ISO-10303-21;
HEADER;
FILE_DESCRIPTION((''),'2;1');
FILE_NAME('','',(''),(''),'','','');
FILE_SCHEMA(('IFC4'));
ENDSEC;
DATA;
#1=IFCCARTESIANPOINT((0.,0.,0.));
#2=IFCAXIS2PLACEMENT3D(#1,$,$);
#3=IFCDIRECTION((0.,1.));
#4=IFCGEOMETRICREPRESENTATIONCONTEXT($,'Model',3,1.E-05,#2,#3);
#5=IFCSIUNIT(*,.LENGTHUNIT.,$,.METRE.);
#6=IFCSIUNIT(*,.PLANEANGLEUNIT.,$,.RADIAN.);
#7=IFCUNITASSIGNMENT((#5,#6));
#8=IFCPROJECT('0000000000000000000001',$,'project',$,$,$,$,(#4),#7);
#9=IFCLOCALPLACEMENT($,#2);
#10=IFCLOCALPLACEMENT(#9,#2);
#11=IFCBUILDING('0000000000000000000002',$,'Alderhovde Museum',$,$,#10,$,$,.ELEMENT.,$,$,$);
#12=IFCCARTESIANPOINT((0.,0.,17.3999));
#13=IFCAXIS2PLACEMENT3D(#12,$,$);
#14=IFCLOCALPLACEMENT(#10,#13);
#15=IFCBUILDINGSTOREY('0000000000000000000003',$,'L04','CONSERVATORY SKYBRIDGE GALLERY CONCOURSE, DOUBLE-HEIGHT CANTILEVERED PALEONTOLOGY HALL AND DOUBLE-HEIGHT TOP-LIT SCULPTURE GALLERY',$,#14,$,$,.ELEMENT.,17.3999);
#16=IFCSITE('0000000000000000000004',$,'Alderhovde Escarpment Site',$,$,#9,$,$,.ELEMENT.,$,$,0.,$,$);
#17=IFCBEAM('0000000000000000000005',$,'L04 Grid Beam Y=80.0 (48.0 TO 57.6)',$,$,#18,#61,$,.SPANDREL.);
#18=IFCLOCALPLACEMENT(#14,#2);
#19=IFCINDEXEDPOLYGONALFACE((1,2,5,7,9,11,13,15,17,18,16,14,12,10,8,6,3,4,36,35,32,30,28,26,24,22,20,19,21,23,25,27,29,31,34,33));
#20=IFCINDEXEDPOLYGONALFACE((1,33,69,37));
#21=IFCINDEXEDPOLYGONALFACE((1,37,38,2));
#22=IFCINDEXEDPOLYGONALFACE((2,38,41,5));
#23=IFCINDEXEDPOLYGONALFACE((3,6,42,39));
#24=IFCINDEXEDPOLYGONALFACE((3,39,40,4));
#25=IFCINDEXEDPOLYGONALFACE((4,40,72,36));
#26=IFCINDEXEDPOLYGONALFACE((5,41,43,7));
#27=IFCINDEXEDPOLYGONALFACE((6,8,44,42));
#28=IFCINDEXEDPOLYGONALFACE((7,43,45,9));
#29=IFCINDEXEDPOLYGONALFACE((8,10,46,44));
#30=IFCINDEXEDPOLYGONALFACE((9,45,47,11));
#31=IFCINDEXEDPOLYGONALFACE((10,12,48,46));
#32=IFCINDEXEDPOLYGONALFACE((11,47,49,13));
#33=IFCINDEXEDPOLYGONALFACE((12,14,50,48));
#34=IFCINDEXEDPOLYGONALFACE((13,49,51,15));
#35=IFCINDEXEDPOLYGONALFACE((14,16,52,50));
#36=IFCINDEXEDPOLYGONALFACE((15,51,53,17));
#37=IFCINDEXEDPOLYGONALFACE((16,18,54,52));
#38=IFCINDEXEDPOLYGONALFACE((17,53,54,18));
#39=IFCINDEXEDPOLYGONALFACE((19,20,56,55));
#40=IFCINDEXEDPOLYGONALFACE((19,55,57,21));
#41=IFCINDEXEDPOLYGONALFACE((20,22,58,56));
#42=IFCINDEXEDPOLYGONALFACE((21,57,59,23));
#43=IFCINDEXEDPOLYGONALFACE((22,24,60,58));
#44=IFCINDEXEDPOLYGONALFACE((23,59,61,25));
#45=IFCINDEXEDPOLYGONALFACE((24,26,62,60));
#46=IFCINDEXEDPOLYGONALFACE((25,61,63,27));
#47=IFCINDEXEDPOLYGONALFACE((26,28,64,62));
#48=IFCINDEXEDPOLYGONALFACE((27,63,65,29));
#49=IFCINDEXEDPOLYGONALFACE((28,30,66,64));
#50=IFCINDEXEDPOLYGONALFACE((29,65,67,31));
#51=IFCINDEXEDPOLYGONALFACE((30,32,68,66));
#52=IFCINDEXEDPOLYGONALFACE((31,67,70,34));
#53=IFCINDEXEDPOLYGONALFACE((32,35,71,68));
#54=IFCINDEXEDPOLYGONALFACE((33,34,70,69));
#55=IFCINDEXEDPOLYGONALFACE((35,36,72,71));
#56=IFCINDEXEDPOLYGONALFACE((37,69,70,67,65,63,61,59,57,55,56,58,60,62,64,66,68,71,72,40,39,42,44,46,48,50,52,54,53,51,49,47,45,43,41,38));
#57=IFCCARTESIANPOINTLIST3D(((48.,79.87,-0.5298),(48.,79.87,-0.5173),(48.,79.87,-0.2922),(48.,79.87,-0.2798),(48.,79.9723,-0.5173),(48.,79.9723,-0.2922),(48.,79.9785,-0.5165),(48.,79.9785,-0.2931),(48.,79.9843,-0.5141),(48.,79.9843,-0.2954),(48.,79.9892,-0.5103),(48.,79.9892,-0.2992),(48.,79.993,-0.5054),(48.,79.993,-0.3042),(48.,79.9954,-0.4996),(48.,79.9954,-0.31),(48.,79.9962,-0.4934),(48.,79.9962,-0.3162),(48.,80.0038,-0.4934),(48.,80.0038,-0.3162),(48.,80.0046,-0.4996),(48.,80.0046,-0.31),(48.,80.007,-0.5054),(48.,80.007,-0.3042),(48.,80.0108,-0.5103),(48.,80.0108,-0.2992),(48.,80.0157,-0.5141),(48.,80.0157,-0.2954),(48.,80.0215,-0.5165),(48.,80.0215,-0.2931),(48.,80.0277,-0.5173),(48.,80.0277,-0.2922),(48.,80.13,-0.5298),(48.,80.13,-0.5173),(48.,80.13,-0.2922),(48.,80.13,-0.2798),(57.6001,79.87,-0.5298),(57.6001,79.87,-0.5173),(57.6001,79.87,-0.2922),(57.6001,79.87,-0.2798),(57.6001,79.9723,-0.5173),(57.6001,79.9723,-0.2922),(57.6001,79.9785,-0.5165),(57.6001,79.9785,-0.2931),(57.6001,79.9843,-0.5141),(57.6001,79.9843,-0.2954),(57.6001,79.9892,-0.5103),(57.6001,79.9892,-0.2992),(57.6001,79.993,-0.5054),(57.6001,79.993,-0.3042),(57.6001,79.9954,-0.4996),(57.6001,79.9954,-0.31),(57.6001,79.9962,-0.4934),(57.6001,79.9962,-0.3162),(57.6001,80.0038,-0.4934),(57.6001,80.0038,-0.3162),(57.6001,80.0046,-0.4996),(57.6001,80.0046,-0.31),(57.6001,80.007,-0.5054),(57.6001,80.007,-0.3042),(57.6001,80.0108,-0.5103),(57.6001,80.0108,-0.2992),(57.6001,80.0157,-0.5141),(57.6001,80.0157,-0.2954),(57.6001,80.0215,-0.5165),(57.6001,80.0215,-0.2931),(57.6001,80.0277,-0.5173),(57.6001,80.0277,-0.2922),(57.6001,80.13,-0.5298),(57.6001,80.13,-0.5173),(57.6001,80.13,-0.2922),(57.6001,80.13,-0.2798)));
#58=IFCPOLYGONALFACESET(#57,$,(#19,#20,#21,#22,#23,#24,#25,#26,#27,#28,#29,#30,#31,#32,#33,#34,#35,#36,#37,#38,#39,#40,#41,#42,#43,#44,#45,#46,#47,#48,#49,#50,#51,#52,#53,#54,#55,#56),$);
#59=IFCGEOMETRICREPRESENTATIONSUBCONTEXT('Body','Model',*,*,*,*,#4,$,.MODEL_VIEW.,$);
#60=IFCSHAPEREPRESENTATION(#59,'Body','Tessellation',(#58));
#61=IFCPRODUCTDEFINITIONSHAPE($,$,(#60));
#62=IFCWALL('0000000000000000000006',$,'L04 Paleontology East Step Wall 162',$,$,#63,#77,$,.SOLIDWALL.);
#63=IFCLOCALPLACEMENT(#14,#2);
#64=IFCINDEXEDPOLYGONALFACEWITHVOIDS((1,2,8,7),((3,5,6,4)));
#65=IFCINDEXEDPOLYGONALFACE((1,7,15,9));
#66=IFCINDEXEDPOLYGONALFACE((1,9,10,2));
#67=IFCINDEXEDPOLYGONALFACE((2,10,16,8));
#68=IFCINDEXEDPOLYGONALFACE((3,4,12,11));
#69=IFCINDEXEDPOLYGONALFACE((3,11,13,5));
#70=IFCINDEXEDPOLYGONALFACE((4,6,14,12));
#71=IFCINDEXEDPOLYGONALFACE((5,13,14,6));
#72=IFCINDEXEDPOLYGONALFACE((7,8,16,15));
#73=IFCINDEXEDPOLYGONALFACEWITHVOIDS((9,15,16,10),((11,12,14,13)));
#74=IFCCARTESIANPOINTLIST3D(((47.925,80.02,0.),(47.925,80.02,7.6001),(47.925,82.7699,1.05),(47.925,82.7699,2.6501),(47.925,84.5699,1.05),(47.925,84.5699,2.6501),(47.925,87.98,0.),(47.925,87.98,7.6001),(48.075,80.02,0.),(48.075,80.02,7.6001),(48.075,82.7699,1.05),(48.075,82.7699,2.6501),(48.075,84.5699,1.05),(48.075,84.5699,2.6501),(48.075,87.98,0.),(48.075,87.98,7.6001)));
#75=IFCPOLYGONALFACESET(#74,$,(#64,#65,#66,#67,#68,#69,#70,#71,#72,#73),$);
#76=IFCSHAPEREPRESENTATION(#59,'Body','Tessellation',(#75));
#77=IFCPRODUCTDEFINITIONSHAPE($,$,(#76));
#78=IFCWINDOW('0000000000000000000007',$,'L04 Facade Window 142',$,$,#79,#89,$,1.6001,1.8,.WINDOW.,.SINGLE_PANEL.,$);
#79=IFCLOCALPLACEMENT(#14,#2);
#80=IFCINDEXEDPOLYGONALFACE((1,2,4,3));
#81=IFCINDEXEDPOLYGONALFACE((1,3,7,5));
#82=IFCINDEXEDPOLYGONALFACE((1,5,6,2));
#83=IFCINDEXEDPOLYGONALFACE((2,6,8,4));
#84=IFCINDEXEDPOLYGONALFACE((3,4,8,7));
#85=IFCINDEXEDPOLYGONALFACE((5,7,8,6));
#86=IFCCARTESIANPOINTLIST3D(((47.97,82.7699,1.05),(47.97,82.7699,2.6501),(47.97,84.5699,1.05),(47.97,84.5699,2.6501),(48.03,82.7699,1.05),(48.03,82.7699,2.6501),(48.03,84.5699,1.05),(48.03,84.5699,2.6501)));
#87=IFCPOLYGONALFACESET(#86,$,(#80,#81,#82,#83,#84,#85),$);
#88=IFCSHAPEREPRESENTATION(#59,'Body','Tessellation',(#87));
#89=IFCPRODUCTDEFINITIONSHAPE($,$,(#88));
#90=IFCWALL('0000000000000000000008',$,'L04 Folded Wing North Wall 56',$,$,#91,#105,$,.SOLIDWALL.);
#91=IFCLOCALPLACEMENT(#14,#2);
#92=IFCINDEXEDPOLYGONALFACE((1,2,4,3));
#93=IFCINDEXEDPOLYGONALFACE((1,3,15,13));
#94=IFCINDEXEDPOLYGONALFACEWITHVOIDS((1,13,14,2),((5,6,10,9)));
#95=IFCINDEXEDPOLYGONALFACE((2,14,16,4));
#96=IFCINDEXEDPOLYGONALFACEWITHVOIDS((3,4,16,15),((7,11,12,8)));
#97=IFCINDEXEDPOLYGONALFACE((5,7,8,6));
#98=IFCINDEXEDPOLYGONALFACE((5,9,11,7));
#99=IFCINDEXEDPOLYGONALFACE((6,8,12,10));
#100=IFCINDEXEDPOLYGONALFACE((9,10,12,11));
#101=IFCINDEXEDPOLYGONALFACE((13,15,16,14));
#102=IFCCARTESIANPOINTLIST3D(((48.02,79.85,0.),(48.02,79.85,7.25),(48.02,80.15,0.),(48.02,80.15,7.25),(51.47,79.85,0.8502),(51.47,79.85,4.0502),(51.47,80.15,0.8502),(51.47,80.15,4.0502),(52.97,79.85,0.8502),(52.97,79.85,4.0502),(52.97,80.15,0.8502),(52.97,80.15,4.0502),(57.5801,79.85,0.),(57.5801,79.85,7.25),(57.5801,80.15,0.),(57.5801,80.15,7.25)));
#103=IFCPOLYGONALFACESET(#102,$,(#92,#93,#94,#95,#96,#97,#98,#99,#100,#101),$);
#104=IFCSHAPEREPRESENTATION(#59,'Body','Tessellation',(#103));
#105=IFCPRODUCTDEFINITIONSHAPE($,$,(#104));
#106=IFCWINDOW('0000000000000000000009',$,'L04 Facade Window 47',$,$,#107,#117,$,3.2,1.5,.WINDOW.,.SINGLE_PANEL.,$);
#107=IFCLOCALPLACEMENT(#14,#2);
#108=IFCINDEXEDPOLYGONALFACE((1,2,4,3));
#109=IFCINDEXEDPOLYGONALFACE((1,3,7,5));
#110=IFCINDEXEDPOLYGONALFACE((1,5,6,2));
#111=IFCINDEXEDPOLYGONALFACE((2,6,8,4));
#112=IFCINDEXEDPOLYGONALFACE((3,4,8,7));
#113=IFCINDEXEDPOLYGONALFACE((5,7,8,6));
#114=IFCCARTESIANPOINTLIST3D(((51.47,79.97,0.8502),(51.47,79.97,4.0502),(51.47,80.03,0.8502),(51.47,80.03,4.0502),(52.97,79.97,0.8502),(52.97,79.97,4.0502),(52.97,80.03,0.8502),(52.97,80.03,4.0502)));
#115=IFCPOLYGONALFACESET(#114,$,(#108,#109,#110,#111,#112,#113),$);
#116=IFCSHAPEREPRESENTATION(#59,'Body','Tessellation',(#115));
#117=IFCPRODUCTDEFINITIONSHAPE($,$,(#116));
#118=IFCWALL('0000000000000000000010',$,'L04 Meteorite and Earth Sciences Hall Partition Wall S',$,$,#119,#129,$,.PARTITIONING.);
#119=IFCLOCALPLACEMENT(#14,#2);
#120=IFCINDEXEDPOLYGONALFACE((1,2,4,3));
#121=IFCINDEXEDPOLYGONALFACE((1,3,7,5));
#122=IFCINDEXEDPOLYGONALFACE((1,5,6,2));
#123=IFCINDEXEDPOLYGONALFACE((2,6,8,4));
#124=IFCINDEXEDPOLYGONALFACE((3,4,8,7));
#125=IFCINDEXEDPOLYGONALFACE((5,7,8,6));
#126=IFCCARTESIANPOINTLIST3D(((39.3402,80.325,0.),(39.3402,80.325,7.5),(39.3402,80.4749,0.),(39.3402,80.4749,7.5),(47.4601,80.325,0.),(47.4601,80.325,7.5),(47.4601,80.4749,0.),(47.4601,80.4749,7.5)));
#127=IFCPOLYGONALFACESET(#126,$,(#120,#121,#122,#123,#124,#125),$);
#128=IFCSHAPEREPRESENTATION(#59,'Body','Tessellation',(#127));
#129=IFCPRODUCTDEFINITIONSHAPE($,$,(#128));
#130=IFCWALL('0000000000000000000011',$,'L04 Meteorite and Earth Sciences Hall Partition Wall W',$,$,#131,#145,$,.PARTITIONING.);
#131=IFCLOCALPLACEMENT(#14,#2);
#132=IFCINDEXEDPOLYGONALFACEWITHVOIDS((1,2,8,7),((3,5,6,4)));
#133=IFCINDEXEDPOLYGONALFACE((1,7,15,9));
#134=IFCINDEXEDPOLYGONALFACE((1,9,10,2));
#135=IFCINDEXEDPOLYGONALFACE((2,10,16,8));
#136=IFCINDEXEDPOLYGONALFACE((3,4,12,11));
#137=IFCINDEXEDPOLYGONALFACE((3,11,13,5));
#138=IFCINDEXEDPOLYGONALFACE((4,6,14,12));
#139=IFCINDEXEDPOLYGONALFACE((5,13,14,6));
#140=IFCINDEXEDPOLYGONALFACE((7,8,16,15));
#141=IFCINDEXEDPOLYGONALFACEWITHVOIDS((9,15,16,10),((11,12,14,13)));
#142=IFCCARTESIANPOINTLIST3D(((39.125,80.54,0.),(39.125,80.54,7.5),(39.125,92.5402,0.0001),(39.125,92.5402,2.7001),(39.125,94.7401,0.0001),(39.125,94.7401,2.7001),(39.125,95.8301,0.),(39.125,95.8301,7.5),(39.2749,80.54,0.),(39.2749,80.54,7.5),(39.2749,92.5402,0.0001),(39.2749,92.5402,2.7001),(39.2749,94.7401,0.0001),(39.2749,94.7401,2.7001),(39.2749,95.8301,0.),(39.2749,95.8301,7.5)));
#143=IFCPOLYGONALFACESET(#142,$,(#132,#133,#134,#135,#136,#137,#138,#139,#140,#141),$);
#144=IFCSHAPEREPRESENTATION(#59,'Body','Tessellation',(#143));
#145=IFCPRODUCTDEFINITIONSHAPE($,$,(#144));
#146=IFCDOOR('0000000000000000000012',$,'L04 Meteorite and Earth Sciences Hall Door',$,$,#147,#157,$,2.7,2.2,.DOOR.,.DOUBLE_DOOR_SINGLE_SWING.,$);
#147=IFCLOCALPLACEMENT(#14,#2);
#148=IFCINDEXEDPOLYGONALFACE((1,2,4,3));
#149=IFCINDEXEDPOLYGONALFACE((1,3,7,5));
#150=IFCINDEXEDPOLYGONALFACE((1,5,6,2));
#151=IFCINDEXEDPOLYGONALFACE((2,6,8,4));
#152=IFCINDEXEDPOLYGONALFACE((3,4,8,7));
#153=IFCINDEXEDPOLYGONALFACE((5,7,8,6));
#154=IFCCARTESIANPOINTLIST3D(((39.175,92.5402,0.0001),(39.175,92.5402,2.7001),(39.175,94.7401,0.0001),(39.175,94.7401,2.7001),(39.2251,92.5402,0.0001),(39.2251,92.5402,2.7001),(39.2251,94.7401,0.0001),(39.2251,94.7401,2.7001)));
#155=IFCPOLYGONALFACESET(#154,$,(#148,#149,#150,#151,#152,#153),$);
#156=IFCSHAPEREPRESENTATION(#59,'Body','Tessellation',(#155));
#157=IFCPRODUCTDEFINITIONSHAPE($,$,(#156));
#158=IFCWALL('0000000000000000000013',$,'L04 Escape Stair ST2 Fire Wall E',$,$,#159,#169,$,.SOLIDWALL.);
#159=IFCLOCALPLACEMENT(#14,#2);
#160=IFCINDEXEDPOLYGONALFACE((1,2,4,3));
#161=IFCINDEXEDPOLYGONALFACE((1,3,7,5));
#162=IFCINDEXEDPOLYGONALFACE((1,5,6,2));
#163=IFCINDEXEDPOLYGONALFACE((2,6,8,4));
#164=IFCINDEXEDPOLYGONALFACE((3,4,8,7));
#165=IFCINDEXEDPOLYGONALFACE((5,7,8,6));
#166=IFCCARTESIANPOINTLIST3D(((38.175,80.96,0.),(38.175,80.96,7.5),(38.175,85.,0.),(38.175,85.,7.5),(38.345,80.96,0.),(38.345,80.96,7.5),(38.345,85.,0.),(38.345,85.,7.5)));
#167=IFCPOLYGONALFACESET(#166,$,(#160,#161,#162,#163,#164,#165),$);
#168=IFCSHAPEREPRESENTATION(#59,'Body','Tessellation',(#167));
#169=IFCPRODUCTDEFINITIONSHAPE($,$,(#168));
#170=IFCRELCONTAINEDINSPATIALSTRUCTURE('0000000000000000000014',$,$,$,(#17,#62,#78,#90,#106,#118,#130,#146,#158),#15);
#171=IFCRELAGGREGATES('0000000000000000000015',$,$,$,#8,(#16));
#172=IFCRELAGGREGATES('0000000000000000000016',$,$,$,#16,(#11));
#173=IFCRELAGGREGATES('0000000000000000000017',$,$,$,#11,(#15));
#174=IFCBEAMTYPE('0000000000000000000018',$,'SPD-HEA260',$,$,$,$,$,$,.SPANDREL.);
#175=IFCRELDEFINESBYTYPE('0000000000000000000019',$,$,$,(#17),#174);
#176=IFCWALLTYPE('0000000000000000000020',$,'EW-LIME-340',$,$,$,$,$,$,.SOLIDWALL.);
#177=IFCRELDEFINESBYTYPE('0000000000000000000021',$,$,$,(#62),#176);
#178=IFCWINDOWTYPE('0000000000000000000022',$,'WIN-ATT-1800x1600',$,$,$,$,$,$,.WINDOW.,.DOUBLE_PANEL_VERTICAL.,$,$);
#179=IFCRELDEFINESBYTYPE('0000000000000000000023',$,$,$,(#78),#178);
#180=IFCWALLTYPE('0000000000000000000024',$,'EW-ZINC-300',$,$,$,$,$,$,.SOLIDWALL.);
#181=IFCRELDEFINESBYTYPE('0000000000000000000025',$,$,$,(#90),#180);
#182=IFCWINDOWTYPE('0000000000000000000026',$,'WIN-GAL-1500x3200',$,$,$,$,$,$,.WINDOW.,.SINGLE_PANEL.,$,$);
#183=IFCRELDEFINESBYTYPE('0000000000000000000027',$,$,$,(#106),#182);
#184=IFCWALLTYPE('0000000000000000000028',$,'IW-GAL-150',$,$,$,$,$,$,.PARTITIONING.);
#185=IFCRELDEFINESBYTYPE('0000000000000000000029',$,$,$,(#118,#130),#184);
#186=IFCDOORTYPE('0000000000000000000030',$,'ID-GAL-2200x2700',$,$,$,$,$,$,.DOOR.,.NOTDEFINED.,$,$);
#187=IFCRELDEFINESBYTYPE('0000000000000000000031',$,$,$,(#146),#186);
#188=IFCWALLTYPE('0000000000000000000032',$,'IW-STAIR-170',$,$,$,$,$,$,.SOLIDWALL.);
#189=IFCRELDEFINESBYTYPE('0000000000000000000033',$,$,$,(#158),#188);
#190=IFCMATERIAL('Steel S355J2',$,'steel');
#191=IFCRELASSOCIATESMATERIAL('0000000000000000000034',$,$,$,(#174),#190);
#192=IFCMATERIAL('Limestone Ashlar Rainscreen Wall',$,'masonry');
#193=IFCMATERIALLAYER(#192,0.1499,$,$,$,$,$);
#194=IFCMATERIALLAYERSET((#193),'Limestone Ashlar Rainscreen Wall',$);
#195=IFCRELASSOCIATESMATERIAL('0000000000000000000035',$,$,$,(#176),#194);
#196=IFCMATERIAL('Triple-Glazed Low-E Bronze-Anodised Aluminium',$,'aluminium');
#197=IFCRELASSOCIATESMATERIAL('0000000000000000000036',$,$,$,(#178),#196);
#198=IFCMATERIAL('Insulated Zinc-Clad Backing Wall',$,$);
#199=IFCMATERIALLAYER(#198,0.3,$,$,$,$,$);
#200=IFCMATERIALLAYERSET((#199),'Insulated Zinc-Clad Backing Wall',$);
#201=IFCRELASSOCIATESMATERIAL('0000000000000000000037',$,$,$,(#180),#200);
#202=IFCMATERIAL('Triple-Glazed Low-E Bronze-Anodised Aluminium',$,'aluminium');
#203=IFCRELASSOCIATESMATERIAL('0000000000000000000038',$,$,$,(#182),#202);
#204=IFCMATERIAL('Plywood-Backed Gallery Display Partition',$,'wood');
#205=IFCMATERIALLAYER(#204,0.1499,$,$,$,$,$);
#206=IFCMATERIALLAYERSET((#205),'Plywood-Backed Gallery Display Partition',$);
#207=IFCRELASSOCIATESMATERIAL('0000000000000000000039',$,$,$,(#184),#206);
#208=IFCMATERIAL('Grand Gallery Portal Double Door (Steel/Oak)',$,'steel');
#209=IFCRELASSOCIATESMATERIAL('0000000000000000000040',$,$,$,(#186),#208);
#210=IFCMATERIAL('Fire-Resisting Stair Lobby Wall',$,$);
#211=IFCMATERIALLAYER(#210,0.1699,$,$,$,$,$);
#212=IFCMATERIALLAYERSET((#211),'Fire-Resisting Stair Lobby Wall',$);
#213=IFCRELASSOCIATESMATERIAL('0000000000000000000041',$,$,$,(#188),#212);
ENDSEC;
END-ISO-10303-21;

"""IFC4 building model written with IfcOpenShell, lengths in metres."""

from ifc_helpers import new_model, si_unit, direction, frame, frame_2d, origin, origin_2d, place, context, subcontext, project, spatial, rectangle, i_section, extrude, material, layer, layer_set, material_profile, profile_set, type_object, element, fill, save


model = new_model("IFC4")

# Units and contexts
model_context = context("Model", 3, precision=1e-05, world=origin(), true_north=direction((0.0, 1.0)))
body_context = subcontext(model_context, "Body", "Model", "MODEL_VIEW")
ifc_project = project(units=[si_unit("LENGTHUNIT", "METRE"), si_unit("PLANEANGLEUNIT", "RADIAN")], contexts=[model_context])

# Site, building, storey
site_placement = place(None, origin())
site = spatial("IfcSite", under=ifc_project, at=site_placement, Name="Alderhovde Escarpment Site", CompositionType="ELEMENT", RefElevation=0.0)
building_placement = place(site_placement, origin())
building = spatial("IfcBuilding", under=site, at=building_placement, Name="Alderhovde Museum", CompositionType="ELEMENT")
storey_placement = place(building_placement, frame((0.0, 0.0, 17.3999)))
storey = spatial("IfcBuildingStorey", under=building, at=storey_placement, Name="L04", Description="CONSERVATORY SKYBRIDGE GALLERY CONCOURSE, DOUBLE-HEIGHT CANTILEVERED PALEONTOLOGY HALL AND DOUBLE-HEIGHT TOP-LIT SCULPTURE GALLERY", CompositionType="ELEMENT", Elevation=17.3999)

# Beam
ifc_material_1 = material(Name="Steel S355J2", Category="steel")
ifc_material_profile_1 = material_profile(ifc_material_1, i_section(OverallWidth=0.26, OverallDepth=0.25, WebThickness=0.0076, FlangeThickness=0.0125, FilletRadius=0.0239, at=origin_2d()), Name="HEA 260")
ifc_profile_set_1 = profile_set([ifc_material_profile_1], Name="Steel S355J2")
beam_type_1 = type_object("IfcBeamType", Name="SPD-HEA260", PredefinedType="SPANDREL", material=ifc_profile_set_1)
beam_placement = place(storey_placement, frame((48.0, 80.0, -0.4048), z_axis=(1.0, 0.0, 0.0), x_axis=(0.0, 1.0, 0.0)))
element("IfcBeam", 1, at=beam_placement, inside=storey, type_object=beam_type_1, Name="L04 Grid Beam Y=80.0 (48.0 TO 57.6)", PredefinedType="SPANDREL", context=body_context, shape_type="SweptSolid", body=[
    extrude(i_section(OverallWidth=0.26, OverallDepth=0.25, WebThickness=0.0076, FlangeThickness=0.0125, FilletRadius=0.0239, at=origin_2d()), origin(), (0.0, 0.0, 1.0), 9.6001),
])

# Walls, openings, windows
ifc_material_2 = material(Name="Limestone Ashlar Rainscreen Wall", Category="masonry")
ifc_layer_1 = layer(ifc_material_2, 0.1499)
ifc_layer_set_1 = layer_set([ifc_layer_1], Name="Limestone Ashlar Rainscreen Wall")
wall_type_1 = type_object("IfcWallType", Name="EW-LIME-340", PredefinedType="SOLIDWALL", material=ifc_layer_set_1)
wall_1_placement = place(storey_placement, frame((48.0, 80.02, 0.0), z_axis=(0.0, 0.0, 1.0), x_axis=(0.0, 1.0, 0.0)))
wall_1 = element("IfcWall", 2, at=wall_1_placement, inside=storey, type_object=wall_type_1, Name="L04 Paleontology East Step Wall 162", PredefinedType="SOLIDWALL", context=body_context, shape_type="SweptSolid", body=[
    extrude(rectangle(XDim=7.96, YDim=0.1499, at=frame_2d((3.98, 0.0))), origin(), (0.0, 0.0, 1.0), 7.6001),
])
opening_1_placement = place(wall_1_placement, frame((2.75, 0.0, 1.05)))
opening_1 = element("IfcOpeningElement", 3, at=opening_1_placement, cuts=wall_1, PredefinedType="OPENING", context=body_context, shape_type="SweptSolid", body=[
    extrude(rectangle(XDim=1.8, YDim=1.6001, at=frame_2d((0.8999, 0.8))), frame((0.0, 0.085, 0.0), z_axis=(0.0, -1.0, 0.0), x_axis=(1.0, 0.0, 0.0)), (0.0, 0.0, 1.0), 0.1699),
])
ifc_material_3 = material(Name="Triple-Glazed Low-E Bronze-Anodised Aluminium", Category="aluminium")
window_type_1 = type_object("IfcWindowType", Name="WIN-ATT-1800x1600", PartitioningType="DOUBLE_PANEL_VERTICAL", PredefinedType="WINDOW", material=ifc_material_3)
window_1_placement = place(opening_1_placement, origin())
window_1 = element("IfcWindow", 4, at=window_1_placement, inside=storey, type_object=window_type_1, Name="L04 Facade Window 142", OverallHeight=1.6001, OverallWidth=1.8, PartitioningType="SINGLE_PANEL", PredefinedType="WINDOW", context=body_context, shape_type="SweptSolid", body=[
    extrude(rectangle(XDim=1.8, YDim=1.6001, at=frame_2d((0.8999, 0.8))), frame((0.0, 0.03, 0.0), z_axis=(0.0, -1.0, 0.0), x_axis=(1.0, 0.0, 0.0)), (0.0, 0.0, 1.0), 0.0601),
])
fill(opening_1, window_1)
ifc_material_4 = material(Name="Insulated Zinc-Clad Backing Wall")
ifc_layer_2 = layer(ifc_material_4, 0.3)
ifc_layer_set_2 = layer_set([ifc_layer_2], Name="Insulated Zinc-Clad Backing Wall")
wall_type_2 = type_object("IfcWallType", Name="EW-ZINC-300", PredefinedType="SOLIDWALL", material=ifc_layer_set_2)
wall_2_placement = place(storey_placement, frame((48.02, 80.0, 0.0), z_axis=(0.0, 0.0, 1.0), x_axis=(1.0, 0.0, 0.0)))
wall_2 = element("IfcWall", 5, at=wall_2_placement, inside=storey, type_object=wall_type_2, Name="L04 Folded Wing North Wall 56", PredefinedType="SOLIDWALL", context=body_context, shape_type="SweptSolid", body=[
    extrude(rectangle(XDim=9.5601, YDim=0.3, at=frame_2d((4.78, 0.0))), origin(), (0.0, 0.0, 1.0), 7.25),
])
opening_2_placement = place(wall_2_placement, frame((3.45, 0.0, 0.8501)))
opening_2 = element("IfcOpeningElement", 6, at=opening_2_placement, cuts=wall_2, PredefinedType="OPENING", context=body_context, shape_type="SweptSolid", body=[
    extrude(rectangle(XDim=1.5, YDim=3.2, at=frame_2d((0.75, 1.6001))), frame((0.0, 0.1599, 0.0), z_axis=(0.0, -1.0, 0.0), x_axis=(1.0, 0.0, 0.0)), (0.0, 0.0, 1.0), 0.3201),
])
ifc_material_5 = material(Name="Triple-Glazed Low-E Bronze-Anodised Aluminium", Category="aluminium")
window_type_2 = type_object("IfcWindowType", Name="WIN-GAL-1500x3200", PartitioningType="SINGLE_PANEL", PredefinedType="WINDOW", material=ifc_material_5)
window_2_placement = place(opening_2_placement, origin())
window_2 = element("IfcWindow", 7, at=window_2_placement, inside=storey, type_object=window_type_2, Name="L04 Facade Window 47", OverallHeight=3.2, OverallWidth=1.5, PartitioningType="SINGLE_PANEL", PredefinedType="WINDOW", context=body_context, shape_type="SweptSolid", body=[
    extrude(rectangle(XDim=1.5, YDim=3.2, at=frame_2d((0.75, 1.6001))), frame((0.0, 0.03, 0.0), z_axis=(0.0, -1.0, 0.0), x_axis=(1.0, 0.0, 0.0)), (0.0, 0.0, 1.0), 0.0601),
])
fill(opening_2, window_2)

# Wall
ifc_material_6 = material(Name="Plywood-Backed Gallery Display Partition", Category="wood")
ifc_layer_3 = layer(ifc_material_6, 0.1499)
ifc_layer_set_3 = layer_set([ifc_layer_3], Name="Plywood-Backed Gallery Display Partition")
wall_type_3 = type_object("IfcWallType", Name="IW-GAL-150", PredefinedType="PARTITIONING", material=ifc_layer_set_3)
wall_3_placement = place(storey_placement, frame((39.3401, 80.3999, 0.0), z_axis=(0.0, 0.0, 1.0), x_axis=(1.0, 0.0, 0.0)))
element("IfcWall", 8, at=wall_3_placement, inside=storey, type_object=wall_type_3, Name="L04 Meteorite and Earth Sciences Hall Partition Wall S", PredefinedType="PARTITIONING", context=body_context, shape_type="SweptSolid", body=[
    extrude(rectangle(XDim=8.1199, YDim=0.1499, at=frame_2d((4.0601, 0.0))), origin(), (0.0, 0.0, 1.0), 7.5),
])

# Wall, opening, door
wall_4_placement = place(storey_placement, frame((39.2, 80.54, 0.0), z_axis=(0.0, 0.0, 1.0), x_axis=(0.0, 1.0, 0.0)))
wall_4 = element("IfcWall", 9, at=wall_4_placement, inside=storey, type_object=wall_type_3, Name="L04 Meteorite and Earth Sciences Hall Partition Wall W", PredefinedType="PARTITIONING", context=body_context, shape_type="SweptSolid", body=[
    extrude(rectangle(XDim=15.29, YDim=0.1499, at=frame_2d((7.645, 0.0))), origin(), (0.0, 0.0, 1.0), 7.5),
])
opening_3_placement = place(wall_4_placement, frame((12.0, 0.0, 0.0)))
opening_3 = element("IfcOpeningElement", 10, at=opening_3_placement, cuts=wall_4, PredefinedType="OPENING", context=body_context, shape_type="SweptSolid", body=[
    extrude(rectangle(XDim=2.2, YDim=2.7, at=frame_2d((1.1001, 1.3501))), frame((0.0, 0.085, 0.0), z_axis=(0.0, -1.0, 0.0), x_axis=(1.0, 0.0, 0.0)), (0.0, 0.0, 1.0), 0.1699),
])
ifc_material_7 = material(Name="Grand Gallery Portal Double Door (Steel/Oak)", Category="steel")
door_type = type_object("IfcDoorType", Name="ID-GAL-2200x2700", OperationType="NOTDEFINED", PredefinedType="DOOR", material=ifc_material_7)
door_placement = place(opening_3_placement, origin())
door = element("IfcDoor", 11, at=door_placement, inside=storey, type_object=door_type, Name="L04 Meteorite and Earth Sciences Hall Door", OperationType="DOUBLE_DOOR_SINGLE_SWING", OverallHeight=2.7, OverallWidth=2.2, PredefinedType="DOOR", context=body_context, shape_type="SweptSolid", body=[
    extrude(rectangle(XDim=2.2, YDim=2.7, at=frame_2d((1.1001, 1.3501))), frame((0.0, 0.0249, 0.0), z_axis=(0.0, -1.0, 0.0), x_axis=(1.0, 0.0, 0.0)), (0.0, 0.0, 1.0), 0.05),
])
fill(opening_3, door)

# Wall
ifc_material_8 = material(Name="Fire-Resisting Stair Lobby Wall")
ifc_layer_4 = layer(ifc_material_8, 0.1699)
ifc_layer_set_4 = layer_set([ifc_layer_4], Name="Fire-Resisting Stair Lobby Wall")
wall_type_4 = type_object("IfcWallType", Name="IW-STAIR-170", PredefinedType="SOLIDWALL", material=ifc_layer_set_4)
wall_5_placement = place(storey_placement, frame((38.26, 80.96, 0.0), z_axis=(0.0, 0.0, 1.0), x_axis=(0.0, 1.0, 0.0)))
element("IfcWall", 12, at=wall_5_placement, inside=storey, type_object=wall_type_4, Name="L04 Escape Stair ST2 Fire Wall E", PredefinedType="SOLIDWALL", context=body_context, shape_type="SweptSolid", body=[
    extrude(rectangle(XDim=4.04, YDim=0.1699, at=frame_2d((2.02, 0.0))), origin(), (0.0, 0.0, 1.0), 7.5),
])

save(model, "model.ifc")
